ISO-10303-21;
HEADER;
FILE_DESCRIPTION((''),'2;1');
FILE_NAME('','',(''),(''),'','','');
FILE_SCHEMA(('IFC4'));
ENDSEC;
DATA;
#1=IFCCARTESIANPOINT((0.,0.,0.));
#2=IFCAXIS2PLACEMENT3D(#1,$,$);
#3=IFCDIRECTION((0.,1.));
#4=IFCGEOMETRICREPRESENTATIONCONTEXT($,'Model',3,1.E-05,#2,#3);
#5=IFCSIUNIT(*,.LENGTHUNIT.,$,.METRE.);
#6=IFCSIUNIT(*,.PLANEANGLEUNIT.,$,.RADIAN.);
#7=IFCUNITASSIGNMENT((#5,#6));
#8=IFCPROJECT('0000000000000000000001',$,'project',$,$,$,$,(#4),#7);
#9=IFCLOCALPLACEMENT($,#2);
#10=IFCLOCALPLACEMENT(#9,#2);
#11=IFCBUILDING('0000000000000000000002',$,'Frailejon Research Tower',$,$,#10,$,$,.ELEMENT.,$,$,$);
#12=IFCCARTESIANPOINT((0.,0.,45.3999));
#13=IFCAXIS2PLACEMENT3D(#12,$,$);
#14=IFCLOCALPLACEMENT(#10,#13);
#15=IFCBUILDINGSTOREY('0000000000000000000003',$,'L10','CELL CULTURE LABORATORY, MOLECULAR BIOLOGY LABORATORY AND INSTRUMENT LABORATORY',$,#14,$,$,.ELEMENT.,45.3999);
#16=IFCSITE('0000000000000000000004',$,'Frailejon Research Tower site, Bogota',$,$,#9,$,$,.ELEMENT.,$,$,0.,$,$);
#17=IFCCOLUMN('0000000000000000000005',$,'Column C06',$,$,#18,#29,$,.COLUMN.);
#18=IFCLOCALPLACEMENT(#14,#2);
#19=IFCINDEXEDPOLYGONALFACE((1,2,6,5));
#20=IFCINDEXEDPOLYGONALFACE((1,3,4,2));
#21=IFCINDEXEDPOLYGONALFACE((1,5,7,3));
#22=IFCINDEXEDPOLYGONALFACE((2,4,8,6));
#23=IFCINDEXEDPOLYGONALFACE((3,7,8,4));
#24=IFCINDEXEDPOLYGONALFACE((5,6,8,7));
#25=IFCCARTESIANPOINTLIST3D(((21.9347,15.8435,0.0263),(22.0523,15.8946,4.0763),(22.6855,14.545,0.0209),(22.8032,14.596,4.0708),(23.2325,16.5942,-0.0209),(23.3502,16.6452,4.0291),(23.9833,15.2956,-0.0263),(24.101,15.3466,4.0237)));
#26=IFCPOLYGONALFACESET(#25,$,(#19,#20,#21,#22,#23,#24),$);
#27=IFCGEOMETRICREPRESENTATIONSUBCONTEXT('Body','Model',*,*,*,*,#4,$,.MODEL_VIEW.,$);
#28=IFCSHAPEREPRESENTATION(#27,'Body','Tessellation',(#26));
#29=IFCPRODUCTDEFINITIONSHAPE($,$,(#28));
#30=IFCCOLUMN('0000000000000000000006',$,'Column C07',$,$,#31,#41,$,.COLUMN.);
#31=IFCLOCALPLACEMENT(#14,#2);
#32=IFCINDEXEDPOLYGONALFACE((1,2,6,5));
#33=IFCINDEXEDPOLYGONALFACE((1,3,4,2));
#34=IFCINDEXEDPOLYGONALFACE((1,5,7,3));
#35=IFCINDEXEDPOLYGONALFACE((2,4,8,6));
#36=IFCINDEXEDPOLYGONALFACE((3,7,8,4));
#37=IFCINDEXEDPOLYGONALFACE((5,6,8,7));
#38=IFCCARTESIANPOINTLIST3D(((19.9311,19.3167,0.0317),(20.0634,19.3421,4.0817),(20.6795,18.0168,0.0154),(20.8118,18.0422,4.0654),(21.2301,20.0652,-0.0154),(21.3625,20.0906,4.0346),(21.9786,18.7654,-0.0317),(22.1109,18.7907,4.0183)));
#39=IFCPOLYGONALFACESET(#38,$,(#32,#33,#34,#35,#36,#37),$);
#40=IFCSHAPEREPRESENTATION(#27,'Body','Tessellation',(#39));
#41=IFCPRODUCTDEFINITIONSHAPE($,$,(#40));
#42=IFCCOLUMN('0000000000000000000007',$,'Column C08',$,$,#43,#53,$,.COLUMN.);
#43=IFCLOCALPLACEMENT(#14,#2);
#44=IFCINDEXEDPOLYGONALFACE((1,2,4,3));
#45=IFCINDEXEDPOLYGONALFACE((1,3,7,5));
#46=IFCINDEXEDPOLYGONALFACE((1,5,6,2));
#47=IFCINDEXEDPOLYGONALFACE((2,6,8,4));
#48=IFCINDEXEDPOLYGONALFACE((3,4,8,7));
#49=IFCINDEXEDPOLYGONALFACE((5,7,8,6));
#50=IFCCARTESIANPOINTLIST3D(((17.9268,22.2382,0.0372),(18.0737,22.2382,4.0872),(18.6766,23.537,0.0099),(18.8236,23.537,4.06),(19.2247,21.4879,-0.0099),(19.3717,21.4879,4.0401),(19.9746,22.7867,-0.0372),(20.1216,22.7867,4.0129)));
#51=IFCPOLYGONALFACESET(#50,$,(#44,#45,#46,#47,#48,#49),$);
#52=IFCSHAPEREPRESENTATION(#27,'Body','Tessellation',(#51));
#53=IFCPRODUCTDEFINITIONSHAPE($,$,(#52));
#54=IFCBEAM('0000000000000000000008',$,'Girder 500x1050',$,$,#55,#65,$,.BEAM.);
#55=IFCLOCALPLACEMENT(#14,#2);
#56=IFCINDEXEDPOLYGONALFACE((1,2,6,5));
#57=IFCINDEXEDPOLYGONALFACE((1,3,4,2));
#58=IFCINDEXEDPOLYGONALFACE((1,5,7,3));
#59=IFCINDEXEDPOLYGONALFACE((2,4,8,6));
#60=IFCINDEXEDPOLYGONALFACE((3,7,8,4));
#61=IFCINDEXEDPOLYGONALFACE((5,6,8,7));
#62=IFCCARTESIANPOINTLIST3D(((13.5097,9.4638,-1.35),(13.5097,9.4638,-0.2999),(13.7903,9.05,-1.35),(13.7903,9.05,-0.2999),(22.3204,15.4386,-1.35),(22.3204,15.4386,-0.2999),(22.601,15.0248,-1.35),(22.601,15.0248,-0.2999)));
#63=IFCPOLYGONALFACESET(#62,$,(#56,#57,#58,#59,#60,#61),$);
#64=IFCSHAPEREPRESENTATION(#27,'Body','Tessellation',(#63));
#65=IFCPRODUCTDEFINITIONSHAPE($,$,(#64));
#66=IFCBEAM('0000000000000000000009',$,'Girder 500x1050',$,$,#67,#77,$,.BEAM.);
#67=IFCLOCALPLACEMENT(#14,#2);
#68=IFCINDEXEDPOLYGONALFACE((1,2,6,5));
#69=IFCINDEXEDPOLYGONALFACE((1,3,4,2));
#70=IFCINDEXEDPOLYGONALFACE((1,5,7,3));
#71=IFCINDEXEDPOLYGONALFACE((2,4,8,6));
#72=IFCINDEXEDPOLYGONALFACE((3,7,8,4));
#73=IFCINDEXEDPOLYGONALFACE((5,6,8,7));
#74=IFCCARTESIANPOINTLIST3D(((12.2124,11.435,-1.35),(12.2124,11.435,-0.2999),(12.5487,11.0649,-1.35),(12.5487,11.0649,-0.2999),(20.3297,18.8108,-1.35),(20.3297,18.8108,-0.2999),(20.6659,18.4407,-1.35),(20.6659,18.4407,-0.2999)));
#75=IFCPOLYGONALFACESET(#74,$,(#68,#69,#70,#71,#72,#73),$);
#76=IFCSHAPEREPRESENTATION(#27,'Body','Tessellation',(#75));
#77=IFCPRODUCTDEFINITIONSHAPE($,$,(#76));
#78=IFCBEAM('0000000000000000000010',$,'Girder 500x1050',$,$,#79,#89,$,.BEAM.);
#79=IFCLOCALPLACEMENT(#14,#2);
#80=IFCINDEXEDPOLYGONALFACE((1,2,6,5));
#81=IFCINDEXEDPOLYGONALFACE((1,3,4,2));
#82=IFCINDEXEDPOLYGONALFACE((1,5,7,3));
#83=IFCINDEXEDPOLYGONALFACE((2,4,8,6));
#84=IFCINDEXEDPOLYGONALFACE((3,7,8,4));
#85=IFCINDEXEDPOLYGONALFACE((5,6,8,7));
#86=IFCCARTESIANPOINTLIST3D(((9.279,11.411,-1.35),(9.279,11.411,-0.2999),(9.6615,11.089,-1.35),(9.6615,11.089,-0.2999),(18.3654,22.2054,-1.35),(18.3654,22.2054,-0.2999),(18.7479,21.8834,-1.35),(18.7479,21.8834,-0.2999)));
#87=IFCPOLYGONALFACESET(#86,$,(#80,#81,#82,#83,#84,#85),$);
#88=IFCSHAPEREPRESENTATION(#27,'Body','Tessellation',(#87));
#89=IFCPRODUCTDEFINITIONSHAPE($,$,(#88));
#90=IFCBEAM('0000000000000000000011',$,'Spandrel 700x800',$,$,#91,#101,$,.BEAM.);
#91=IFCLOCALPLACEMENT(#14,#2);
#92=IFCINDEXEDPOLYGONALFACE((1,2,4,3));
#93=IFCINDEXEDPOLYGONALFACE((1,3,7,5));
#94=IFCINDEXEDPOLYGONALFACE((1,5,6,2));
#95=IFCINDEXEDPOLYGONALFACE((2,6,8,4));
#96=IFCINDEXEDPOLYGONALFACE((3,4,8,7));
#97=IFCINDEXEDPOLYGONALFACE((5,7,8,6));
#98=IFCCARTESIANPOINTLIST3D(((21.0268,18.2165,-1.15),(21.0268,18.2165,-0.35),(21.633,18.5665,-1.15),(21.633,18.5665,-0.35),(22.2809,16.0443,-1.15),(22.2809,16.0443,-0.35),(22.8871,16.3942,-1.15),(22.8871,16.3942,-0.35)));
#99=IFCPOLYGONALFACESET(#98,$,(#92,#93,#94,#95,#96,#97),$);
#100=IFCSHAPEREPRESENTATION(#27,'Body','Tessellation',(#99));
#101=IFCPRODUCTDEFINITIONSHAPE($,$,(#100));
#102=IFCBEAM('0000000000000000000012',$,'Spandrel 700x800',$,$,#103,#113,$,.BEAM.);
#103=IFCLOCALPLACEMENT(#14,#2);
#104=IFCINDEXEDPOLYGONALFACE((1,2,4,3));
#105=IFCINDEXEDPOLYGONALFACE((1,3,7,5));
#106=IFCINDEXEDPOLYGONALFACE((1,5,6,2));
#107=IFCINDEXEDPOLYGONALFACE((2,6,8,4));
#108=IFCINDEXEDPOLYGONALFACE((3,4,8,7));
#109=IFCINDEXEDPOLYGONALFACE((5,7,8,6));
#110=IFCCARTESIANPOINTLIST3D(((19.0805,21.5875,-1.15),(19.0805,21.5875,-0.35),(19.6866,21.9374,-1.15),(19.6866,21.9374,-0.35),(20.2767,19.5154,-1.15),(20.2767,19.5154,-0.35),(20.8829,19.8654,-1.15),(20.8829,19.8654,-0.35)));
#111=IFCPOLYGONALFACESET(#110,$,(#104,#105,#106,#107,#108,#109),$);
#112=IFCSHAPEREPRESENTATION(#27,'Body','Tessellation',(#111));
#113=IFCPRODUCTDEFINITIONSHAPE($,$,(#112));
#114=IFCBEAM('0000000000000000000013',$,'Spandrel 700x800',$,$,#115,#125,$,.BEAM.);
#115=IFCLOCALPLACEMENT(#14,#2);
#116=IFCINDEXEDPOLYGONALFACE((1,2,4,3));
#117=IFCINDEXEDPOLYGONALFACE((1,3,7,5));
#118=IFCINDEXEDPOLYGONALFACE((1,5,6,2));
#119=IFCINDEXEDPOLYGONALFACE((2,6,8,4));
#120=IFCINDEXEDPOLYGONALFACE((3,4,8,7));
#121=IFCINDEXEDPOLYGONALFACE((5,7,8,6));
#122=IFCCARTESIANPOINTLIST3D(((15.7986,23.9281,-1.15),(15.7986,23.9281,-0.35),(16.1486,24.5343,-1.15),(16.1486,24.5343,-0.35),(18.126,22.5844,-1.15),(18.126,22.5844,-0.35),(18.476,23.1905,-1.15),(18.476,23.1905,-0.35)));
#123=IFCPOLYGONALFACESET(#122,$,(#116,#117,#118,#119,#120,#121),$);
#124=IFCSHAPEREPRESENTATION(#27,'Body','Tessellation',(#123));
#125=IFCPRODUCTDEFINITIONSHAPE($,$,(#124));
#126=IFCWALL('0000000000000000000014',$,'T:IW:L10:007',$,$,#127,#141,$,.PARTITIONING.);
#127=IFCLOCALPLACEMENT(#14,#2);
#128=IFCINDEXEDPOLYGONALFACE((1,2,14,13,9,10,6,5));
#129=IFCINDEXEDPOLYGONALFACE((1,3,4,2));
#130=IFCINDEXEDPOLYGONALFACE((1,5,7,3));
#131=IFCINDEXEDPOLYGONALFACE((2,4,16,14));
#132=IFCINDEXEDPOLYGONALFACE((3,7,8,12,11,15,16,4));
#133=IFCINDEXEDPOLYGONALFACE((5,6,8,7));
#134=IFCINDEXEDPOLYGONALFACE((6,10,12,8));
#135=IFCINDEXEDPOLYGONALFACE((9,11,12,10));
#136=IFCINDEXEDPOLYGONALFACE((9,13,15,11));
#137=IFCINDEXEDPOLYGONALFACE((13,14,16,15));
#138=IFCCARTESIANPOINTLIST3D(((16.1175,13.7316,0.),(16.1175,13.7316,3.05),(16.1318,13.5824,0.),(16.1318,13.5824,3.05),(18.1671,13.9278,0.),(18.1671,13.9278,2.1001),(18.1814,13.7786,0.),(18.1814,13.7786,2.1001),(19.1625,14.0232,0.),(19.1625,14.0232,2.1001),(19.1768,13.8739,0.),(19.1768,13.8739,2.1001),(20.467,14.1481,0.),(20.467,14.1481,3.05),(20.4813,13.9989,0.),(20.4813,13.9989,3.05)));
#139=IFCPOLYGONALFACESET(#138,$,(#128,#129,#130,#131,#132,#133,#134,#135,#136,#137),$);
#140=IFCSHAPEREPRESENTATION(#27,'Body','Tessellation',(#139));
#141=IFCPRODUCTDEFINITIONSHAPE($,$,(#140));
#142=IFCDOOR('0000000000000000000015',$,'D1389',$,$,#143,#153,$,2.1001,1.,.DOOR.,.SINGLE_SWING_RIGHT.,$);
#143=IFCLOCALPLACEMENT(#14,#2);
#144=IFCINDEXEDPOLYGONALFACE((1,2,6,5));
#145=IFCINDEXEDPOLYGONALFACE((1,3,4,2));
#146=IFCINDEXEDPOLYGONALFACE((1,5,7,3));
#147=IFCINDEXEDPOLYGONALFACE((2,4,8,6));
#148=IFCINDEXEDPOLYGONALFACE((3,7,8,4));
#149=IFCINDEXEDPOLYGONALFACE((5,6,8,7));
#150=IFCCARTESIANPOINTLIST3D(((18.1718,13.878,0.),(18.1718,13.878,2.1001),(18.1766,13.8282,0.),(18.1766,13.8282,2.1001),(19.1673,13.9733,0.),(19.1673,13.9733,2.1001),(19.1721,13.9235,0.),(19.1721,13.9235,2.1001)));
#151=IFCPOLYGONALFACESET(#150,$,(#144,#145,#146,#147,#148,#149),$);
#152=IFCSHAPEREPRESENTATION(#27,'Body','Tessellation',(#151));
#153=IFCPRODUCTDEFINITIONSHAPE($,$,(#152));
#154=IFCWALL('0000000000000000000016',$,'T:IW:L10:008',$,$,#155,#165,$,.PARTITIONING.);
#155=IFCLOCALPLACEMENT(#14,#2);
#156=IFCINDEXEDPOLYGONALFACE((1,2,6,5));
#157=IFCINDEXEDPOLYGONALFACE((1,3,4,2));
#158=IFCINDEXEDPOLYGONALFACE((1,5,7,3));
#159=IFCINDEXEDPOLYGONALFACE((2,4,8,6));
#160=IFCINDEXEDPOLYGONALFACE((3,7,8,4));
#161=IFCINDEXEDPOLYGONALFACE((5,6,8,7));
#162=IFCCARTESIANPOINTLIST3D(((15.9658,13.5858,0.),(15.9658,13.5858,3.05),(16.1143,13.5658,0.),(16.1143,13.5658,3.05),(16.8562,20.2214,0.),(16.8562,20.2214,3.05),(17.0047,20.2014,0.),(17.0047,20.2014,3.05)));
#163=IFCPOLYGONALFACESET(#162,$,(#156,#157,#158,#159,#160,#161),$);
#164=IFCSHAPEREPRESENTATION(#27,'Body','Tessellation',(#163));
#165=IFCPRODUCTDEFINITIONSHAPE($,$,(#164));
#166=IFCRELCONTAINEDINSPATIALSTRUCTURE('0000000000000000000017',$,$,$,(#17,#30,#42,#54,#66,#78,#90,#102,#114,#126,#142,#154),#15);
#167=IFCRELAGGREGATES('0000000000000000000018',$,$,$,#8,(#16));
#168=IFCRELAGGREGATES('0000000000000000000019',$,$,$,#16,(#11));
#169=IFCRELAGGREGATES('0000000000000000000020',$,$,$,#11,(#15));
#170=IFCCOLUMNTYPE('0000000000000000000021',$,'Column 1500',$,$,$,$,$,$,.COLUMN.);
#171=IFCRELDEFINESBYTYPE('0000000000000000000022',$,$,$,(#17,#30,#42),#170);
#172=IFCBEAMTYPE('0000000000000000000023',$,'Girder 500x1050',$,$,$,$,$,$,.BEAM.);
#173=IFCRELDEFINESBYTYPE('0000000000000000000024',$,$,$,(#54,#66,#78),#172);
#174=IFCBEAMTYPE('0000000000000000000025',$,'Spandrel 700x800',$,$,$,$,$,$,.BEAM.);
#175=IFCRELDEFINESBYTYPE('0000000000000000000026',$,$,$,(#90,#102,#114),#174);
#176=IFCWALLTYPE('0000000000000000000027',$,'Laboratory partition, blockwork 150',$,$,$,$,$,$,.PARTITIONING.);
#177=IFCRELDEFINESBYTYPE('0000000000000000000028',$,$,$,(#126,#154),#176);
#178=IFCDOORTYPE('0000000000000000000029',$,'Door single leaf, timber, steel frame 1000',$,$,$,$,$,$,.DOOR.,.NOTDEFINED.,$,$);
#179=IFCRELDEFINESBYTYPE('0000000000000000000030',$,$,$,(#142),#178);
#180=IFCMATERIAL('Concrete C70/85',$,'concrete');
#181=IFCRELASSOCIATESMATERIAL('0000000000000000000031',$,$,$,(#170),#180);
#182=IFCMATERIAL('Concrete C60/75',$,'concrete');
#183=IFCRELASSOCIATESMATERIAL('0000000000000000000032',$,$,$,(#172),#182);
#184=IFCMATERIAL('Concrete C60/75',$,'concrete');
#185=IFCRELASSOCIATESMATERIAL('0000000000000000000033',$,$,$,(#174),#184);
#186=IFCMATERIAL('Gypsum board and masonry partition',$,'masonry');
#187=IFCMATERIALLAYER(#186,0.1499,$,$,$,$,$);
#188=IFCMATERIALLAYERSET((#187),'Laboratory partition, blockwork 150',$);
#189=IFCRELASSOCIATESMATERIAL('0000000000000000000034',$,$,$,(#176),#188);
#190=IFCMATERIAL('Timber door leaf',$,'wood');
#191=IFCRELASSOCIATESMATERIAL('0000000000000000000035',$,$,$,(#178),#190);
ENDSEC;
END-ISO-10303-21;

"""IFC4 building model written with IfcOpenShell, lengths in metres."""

from ifc_helpers import new_model, si_unit, direction, frame, frame_2d, origin, origin_2d, place, context, subcontext, project, spatial, rectangle, extrude, material, layer, layer_set, material_profile, profile_set, type_object, element, fill, save


model = new_model("IFC4")

# Units and contexts
model_context = context("Model", 3, precision=1e-05, world=origin(), true_north=direction((0.0, 1.0)))
body_context = subcontext(model_context, "Body", "Model", "MODEL_VIEW")
ifc_project = project(units=[si_unit("LENGTHUNIT", "METRE"), si_unit("PLANEANGLEUNIT", "RADIAN")], contexts=[model_context])

# Site, building, storey
site_placement = place(None, origin())
site = spatial("IfcSite", under=ifc_project, at=site_placement, Name="Frailejon Research Tower site, Bogota", CompositionType="ELEMENT", RefElevation=0.0)
building_placement = place(site_placement, origin())
building = spatial("IfcBuilding", under=site, at=building_placement, Name="Frailejon Research Tower", CompositionType="ELEMENT")
storey_placement = place(building_placement, frame((0.0, 0.0, 45.3999)))
storey = spatial("IfcBuildingStorey", under=building, at=storey_placement, Name="L10", Description="CELL CULTURE LABORATORY, MOLECULAR BIOLOGY LABORATORY AND INSTRUMENT LABORATORY", CompositionType="ELEMENT", Elevation=45.3999)

# Columns
ifc_material_1 = material(Name="Concrete C70/85", Category="concrete")
ifc_material_profile_1 = material_profile(ifc_material_1, rectangle(XDim=1.5, YDim=1.5, at=origin_2d()), Name="Column 1500")
ifc_profile_set_1 = profile_set([ifc_material_profile_1], Name="Concrete C70/85")
column_type = type_object("IfcColumnType", Name="Column 1500", PredefinedType="COLUMN", material=ifc_profile_set_1)
column_1_placement = place(storey_placement, frame((22.959, 15.5696, 0.0), z_axis=(0.029041, 0.012592, 0.999499), x_axis=(-0.500555, 0.865697, 0.003637)))
element("IfcColumn", 1, at=column_1_placement, inside=storey, type_object=column_type, Name="Column C06", PredefinedType="COLUMN", context=body_context, shape_type="SweptSolid", body=[
    extrude(rectangle(XDim=1.5, YDim=1.5, at=origin_2d()), origin(), (0.0, 0.0, 1.0), 4.052),
])
column_2_placement = place(storey_placement, frame((20.9548, 19.041, 0.0), z_axis=(0.032654, 0.006266, 0.999447), x_axis=(-0.498938, 0.86657, 0.010869)))
element("IfcColumn", 2, at=column_2_placement, inside=storey, type_object=column_type, Name="Column C07", PredefinedType="COLUMN", context=body_context, shape_type="SweptSolid", body=[
    extrude(rectangle(XDim=1.5, YDim=1.5, at=origin_2d()), origin(), (0.0, 0.0, 1.0), 4.0522),
])
column_3_placement = place(storey_placement, frame((18.9507, 22.5125, 0.0), z_axis=(0.036265, 0.0, 0.999342), x_axis=(-0.865314, 0.500246, 0.031401)))
element("IfcColumn", 3, at=column_3_placement, inside=storey, type_object=column_type, Name="Column C08", PredefinedType="COLUMN", context=body_context, shape_type="SweptSolid", body=[
    extrude(rectangle(XDim=1.5, YDim=1.5, at=origin_2d()), origin(), (0.0, 0.0, 1.0), 4.0527),
])

# Beams
ifc_material_2 = material(Name="Concrete C60/75", Category="concrete")
ifc_material_profile_2 = material_profile(ifc_material_2, rectangle(XDim=0.5, YDim=1.05, at=origin_2d()), Name="Girder 500x1050")
ifc_profile_set_2 = profile_set([ifc_material_profile_2], Name="Concrete C60/75")
beam_type_1 = type_object("IfcBeamType", Name="Girder 500x1050", PredefinedType="BEAM", material=ifc_profile_set_2)
beam_1_placement = place(storey_placement, frame((22.4607, 15.2317, -0.825), z_axis=(-0.827646, -0.561251, 0.0), x_axis=(0.561251, -0.827646, 0.0)))
element("IfcBeam", 4, at=beam_1_placement, inside=storey, type_object=beam_type_1, Name="Girder 500x1050", PredefinedType="BEAM", context=body_context, shape_type="SweptSolid", body=[
    extrude(rectangle(XDim=0.5, YDim=1.05, at=origin_2d()), origin(), (0.0, 0.0, 1.0), 10.6455),
])
beam_2_placement = place(storey_placement, frame((20.4978, 18.6257, -0.825), z_axis=(-0.7401, -0.672497, 0.0), x_axis=(0.672497, -0.7401, 0.0)))
element("IfcBeam", 5, at=beam_2_placement, inside=storey, type_object=beam_type_1, Name="Girder 500x1050", PredefinedType="BEAM", context=body_context, shape_type="SweptSolid", body=[
    extrude(rectangle(XDim=0.5, YDim=1.05, at=origin_2d()), origin(), (0.0, 0.0, 1.0), 10.9678),
])
beam_3_placement = place(storey_placement, frame((18.5566, 22.0444, -0.825), z_axis=(-0.643985, -0.765038, 0.0), x_axis=(0.765038, -0.643985, 0.0)))
element("IfcBeam", 6, at=beam_3_placement, inside=storey, type_object=beam_type_1, Name="Girder 500x1050", PredefinedType="BEAM", context=body_context, shape_type="SweptSolid", body=[
    extrude(rectangle(XDim=0.5, YDim=1.05, at=origin_2d()), origin(), (0.0, 0.0, 1.0), 14.1096),
])
ifc_material_3 = material(Name="Concrete C60/75", Category="concrete")
ifc_material_profile_3 = material_profile(ifc_material_3, rectangle(XDim=0.7, YDim=0.8, at=origin_2d()), Name="Spandrel 700x800")
ifc_profile_set_3 = profile_set([ifc_material_profile_3], Name="Concrete C60/75")
beam_type_2 = type_object("IfcBeamType", Name="Spandrel 700x800", PredefinedType="BEAM", material=ifc_profile_set_3)
beam_4_placement = place(storey_placement, frame((22.584, 16.2192, -0.75), z_axis=(-0.499981, 0.866036, 0.0), x_axis=(-0.866036, -0.499981, 0.0)))
element("IfcBeam", 7, at=beam_4_placement, inside=storey, type_object=beam_type_2, Name="Spandrel 700x800", PredefinedType="BEAM", context=body_context, shape_type="SweptSolid", body=[
    extrude(rectangle(XDim=0.7, YDim=0.8, at=origin_2d()), origin(), (0.0, 0.0, 1.0), 2.5083),
])
beam_5_placement = place(storey_placement, frame((20.5798, 19.6904, -0.75), z_axis=(-0.500002, 0.866024, 0.0), x_axis=(-0.866024, -0.500002, 0.0)))
element("IfcBeam", 8, at=beam_5_placement, inside=storey, type_object=beam_type_2, Name="Spandrel 700x800", PredefinedType="BEAM", context=body_context, shape_type="SweptSolid", body=[
    extrude(rectangle(XDim=0.7, YDim=0.8, at=origin_2d()), origin(), (0.0, 0.0, 1.0), 2.3926),
])
beam_6_placement = place(storey_placement, frame((18.301, 22.8875, -0.75), z_axis=(-0.866021, 0.500008, 0.0), x_axis=(-0.500008, -0.866021, 0.0)))
element("IfcBeam", 9, at=beam_6_placement, inside=storey, type_object=beam_type_2, Name="Spandrel 700x800", PredefinedType="BEAM", context=body_context, shape_type="SweptSolid", body=[
    extrude(rectangle(XDim=0.7, YDim=0.8, at=origin_2d()), origin(), (0.0, 0.0, 1.0), 2.6875),
])

# Wall, opening, door
ifc_material_4 = material(Name="Gypsum board and masonry partition", Category="masonry")
ifc_layer_1 = layer(ifc_material_4, 0.1499)
ifc_layer_set_1 = layer_set([ifc_layer_1], Name="Laboratory partition, blockwork 150")
wall_type_1 = type_object("IfcWallType", Name="Laboratory partition, blockwork 150", PredefinedType="PARTITIONING", material=ifc_layer_set_1)
wall_1_placement = place(storey_placement, frame((16.1248, 13.657, 0.0), z_axis=(0.0, 0.0, 1.0), x_axis=(0.995447, 0.095321, 0.0)))
wall_1 = element("IfcWall", 10, at=wall_1_placement, inside=storey, type_object=wall_type_1, Name="T:IW:L10:007", PredefinedType="PARTITIONING", context=body_context, shape_type="SweptSolid", body=[
    extrude(rectangle(XDim=4.3694, YDim=0.1499, at=frame_2d((2.1846, 0.0))), origin(), (0.0, 0.0, 1.0), 3.05),
])
opening_1_placement = place(wall_1_placement, frame((2.0588, 0.0, 0.0)))
opening_1 = element("IfcOpeningElement", 11, at=opening_1_placement, cuts=wall_1, PredefinedType="OPENING", context=body_context, shape_type="SweptSolid", body=[
    extrude(rectangle(XDim=1.0, YDim=2.1001, at=frame_2d((0.5, 1.05))), frame((0.0, 0.085, 0.0), z_axis=(0.0, -1.0, 0.0), x_axis=(1.0, 0.0, 0.0)), (0.0, 0.0, 1.0), 0.1699),
])
ifc_material_5 = material(Name="Timber door leaf", Category="wood")
door_type = type_object("IfcDoorType", Name="Door single leaf, timber, steel frame 1000", OperationType="NOTDEFINED", PredefinedType="DOOR", material=ifc_material_5)
door_placement = place(opening_1_placement, origin())
door = element("IfcDoor", 12, at=door_placement, inside=storey, type_object=door_type, Name="D1389", OperationType="SINGLE_SWING_RIGHT", OverallHeight=2.1001, OverallWidth=1.0, PredefinedType="DOOR", context=body_context, shape_type="SweptSolid", body=[
    extrude(rectangle(XDim=1.0, YDim=2.1001, at=frame_2d((0.5, 1.05))), frame((0.0, 0.0249, 0.0), z_axis=(0.0, -1.0, 0.0), x_axis=(1.0, 0.0, 0.0)), (0.0, 0.0, 1.0), 0.05),
])
fill(opening_1, door)

# Wall
wall_2_placement = place(storey_placement, frame((16.04, 13.5757, 0.0), z_axis=(0.0, 0.0, 1.0), x_axis=(0.132993, 0.991117, 0.0)))
element("IfcWall", 13, at=wall_2_placement, inside=storey, type_object=wall_type_1, Name="T:IW:L10:008", PredefinedType="PARTITIONING", context=body_context, shape_type="SweptSolid", body=[
    extrude(rectangle(XDim=6.6951, YDim=0.1499, at=frame_2d((3.3477, 0.0))), origin(), (0.0, 0.0, 1.0), 3.05),
])

save(model, "model.ifc")
